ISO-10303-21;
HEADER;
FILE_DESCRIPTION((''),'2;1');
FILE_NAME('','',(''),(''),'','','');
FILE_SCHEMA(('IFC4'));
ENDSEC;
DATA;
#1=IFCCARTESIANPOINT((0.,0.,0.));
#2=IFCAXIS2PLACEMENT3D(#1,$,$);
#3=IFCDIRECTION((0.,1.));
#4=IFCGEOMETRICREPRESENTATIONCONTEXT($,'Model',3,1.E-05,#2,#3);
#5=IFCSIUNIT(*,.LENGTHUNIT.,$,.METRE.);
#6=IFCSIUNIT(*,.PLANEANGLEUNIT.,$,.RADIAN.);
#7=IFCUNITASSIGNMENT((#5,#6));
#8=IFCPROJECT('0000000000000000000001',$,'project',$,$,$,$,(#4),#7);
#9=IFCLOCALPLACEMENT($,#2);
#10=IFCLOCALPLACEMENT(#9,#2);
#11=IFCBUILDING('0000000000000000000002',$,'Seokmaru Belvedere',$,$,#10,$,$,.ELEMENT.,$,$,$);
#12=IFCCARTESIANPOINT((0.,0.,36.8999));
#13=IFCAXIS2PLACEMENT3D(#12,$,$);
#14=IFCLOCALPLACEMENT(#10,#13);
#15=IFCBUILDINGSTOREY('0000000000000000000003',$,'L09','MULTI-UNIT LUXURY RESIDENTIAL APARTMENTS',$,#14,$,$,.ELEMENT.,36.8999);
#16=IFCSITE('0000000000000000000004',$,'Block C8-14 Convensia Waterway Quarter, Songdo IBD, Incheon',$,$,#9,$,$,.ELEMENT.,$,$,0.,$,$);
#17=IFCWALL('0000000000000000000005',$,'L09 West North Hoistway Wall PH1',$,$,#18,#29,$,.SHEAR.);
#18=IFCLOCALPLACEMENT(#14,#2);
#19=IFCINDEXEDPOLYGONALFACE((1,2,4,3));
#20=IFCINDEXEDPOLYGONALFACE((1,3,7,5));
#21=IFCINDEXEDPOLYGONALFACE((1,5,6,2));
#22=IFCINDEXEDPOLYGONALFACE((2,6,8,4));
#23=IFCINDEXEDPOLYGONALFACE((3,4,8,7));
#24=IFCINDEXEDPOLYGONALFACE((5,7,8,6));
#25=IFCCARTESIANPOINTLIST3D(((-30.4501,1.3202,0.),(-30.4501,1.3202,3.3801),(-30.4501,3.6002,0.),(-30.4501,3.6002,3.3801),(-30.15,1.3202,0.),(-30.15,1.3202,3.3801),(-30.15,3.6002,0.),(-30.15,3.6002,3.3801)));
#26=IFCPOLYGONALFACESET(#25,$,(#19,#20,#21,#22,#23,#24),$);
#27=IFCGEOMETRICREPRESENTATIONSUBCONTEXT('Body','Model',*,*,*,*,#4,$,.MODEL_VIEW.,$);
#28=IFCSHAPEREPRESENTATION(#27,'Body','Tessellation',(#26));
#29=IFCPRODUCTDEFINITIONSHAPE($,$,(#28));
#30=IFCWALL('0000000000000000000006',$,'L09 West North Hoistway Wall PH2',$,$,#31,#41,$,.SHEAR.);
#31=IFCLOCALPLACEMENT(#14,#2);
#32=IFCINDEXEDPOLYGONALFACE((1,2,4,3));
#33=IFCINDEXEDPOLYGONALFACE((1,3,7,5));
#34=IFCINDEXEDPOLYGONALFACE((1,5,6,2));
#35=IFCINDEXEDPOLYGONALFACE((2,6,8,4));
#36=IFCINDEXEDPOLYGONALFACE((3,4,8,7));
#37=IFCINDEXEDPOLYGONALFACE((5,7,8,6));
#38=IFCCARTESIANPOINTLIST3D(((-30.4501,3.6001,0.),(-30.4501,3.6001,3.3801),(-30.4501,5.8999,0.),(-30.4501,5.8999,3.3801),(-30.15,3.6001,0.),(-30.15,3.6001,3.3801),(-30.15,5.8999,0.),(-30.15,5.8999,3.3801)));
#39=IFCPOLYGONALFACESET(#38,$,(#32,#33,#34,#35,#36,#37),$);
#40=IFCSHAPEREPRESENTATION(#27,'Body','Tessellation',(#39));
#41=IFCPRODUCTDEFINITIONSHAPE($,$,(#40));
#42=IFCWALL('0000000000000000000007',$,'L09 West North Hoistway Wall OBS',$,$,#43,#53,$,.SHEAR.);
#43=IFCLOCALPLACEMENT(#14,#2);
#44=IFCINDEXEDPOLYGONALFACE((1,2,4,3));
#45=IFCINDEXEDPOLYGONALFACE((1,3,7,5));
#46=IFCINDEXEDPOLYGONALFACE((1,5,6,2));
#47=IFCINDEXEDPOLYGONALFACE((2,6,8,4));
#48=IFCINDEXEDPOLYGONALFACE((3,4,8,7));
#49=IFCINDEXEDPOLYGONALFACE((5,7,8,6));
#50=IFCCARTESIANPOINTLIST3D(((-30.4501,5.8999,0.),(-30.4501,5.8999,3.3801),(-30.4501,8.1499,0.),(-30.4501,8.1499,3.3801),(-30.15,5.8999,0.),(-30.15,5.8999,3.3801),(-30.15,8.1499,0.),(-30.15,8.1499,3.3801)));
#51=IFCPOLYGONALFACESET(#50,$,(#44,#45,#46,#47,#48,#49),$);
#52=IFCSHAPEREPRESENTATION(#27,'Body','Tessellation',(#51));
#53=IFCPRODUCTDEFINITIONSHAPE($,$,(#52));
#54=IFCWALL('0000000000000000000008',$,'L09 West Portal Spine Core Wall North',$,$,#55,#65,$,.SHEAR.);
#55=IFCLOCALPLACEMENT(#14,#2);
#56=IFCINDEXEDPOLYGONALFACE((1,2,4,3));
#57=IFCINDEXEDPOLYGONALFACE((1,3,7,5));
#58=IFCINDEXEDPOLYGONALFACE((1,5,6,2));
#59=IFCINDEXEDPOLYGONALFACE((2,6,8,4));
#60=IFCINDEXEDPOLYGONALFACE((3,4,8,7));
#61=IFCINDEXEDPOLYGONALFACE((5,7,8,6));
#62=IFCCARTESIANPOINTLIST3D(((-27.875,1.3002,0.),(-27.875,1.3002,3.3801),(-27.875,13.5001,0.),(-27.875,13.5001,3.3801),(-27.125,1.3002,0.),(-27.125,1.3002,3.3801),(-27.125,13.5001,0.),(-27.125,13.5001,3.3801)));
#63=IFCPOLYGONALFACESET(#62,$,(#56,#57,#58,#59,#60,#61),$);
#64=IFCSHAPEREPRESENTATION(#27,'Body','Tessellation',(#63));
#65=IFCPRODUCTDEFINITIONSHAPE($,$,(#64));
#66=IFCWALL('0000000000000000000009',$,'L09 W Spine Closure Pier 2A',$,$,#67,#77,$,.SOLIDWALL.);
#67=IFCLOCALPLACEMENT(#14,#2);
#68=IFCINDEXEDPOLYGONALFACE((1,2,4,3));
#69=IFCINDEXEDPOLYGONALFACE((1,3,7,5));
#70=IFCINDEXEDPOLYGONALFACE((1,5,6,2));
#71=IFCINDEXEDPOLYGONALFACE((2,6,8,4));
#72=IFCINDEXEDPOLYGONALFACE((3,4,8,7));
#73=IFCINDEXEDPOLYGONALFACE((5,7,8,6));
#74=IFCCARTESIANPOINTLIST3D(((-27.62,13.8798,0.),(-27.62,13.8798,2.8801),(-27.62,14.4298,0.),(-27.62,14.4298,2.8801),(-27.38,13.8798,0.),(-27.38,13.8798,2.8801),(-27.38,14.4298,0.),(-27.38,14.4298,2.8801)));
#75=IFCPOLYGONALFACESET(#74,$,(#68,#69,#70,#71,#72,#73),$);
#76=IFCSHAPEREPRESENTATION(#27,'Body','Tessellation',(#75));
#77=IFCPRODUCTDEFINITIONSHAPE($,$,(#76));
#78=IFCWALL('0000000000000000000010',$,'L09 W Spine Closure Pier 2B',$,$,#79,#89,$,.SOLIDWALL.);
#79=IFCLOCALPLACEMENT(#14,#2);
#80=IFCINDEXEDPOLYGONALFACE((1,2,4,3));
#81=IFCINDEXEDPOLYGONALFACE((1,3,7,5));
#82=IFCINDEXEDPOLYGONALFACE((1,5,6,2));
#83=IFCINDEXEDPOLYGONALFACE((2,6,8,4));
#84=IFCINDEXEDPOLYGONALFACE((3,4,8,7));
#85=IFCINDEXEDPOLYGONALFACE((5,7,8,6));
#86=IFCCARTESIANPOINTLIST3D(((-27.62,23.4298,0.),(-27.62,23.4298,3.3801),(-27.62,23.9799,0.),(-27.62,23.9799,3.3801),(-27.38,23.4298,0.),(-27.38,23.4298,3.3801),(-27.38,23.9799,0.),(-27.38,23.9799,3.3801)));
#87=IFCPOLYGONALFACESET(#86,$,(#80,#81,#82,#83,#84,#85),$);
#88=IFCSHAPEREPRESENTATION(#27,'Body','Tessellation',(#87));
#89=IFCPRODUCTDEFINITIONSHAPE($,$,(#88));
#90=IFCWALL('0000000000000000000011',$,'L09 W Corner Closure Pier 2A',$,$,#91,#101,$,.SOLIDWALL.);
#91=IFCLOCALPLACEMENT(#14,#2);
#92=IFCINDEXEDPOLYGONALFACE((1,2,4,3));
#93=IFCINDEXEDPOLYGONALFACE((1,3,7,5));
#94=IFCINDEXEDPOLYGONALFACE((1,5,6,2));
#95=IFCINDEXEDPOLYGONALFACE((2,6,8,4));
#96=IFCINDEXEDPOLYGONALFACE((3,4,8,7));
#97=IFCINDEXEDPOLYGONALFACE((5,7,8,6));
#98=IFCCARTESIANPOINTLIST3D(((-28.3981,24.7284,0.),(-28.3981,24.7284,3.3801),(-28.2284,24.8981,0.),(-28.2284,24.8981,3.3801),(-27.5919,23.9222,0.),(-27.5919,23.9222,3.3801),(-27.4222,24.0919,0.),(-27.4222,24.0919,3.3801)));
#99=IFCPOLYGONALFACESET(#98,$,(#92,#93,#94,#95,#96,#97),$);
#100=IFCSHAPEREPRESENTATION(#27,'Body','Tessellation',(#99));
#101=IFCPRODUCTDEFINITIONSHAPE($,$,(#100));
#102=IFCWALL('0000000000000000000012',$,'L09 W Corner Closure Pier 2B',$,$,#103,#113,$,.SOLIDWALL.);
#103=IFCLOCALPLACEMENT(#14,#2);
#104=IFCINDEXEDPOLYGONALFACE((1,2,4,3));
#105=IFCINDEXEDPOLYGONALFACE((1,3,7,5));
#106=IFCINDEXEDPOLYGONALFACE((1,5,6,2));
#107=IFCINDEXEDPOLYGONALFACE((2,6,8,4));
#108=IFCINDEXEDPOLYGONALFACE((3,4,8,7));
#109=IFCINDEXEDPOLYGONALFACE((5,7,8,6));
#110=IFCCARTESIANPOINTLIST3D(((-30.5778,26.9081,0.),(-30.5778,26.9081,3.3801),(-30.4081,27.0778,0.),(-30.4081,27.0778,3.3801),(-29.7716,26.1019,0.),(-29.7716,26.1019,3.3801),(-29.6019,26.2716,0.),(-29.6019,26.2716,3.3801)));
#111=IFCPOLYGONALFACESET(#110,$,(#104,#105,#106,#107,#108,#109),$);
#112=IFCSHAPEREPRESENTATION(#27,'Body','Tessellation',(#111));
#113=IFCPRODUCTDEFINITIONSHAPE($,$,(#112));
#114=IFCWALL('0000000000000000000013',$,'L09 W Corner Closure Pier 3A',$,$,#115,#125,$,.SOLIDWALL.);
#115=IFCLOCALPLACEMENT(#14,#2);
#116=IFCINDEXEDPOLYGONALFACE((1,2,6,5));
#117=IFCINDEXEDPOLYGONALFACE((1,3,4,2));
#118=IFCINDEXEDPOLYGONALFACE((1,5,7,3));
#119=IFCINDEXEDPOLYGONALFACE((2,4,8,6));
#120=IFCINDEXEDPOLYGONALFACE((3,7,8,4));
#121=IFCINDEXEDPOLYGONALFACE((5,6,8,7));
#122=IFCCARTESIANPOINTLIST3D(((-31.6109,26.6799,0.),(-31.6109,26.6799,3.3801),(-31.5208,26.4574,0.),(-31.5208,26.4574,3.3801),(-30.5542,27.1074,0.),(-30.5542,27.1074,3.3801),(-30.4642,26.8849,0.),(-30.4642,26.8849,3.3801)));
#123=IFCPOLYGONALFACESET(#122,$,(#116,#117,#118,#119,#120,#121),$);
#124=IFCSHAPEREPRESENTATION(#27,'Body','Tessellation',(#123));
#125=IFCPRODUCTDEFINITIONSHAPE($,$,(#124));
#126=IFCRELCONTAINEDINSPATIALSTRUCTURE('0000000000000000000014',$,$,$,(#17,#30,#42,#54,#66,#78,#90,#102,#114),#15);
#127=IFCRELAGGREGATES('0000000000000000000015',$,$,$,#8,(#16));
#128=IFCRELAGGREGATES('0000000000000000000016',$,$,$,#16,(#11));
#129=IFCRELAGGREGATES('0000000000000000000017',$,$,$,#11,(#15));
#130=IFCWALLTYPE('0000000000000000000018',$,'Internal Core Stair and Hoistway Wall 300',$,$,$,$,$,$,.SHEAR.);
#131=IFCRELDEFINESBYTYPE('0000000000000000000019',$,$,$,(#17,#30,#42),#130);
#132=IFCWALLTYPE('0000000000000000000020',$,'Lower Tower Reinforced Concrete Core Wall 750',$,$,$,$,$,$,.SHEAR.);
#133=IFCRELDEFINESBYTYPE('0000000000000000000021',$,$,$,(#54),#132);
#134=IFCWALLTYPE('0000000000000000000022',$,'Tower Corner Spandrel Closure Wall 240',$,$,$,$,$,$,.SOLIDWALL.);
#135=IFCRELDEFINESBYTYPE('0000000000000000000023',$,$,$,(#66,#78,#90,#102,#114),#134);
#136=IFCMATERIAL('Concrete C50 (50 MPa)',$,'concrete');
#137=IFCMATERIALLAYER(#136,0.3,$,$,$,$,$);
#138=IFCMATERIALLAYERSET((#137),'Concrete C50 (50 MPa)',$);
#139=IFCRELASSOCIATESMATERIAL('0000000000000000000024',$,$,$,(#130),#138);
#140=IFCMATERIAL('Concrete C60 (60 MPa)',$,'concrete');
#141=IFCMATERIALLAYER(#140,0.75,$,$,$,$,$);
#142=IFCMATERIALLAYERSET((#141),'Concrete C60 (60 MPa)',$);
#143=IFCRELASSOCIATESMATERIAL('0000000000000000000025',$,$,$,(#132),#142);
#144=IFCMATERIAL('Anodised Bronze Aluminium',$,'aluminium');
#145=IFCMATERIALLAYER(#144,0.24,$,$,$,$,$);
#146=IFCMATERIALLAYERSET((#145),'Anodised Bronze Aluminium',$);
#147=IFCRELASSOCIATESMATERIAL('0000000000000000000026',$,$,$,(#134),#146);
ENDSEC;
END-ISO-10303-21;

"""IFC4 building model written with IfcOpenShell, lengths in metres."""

from ifc_helpers import new_model, si_unit, direction, frame, frame_2d, origin, place, context, subcontext, project, spatial, rectangle, extrude, material, layer, layer_set, type_object, element, save


model = new_model("IFC4")

# Units and contexts
model_context = context("Model", 3, precision=1e-05, world=origin(), true_north=direction((0.0, 1.0)))
body_context = subcontext(model_context, "Body", "Model", "MODEL_VIEW")
ifc_project = project(units=[si_unit("LENGTHUNIT", "METRE"), si_unit("PLANEANGLEUNIT", "RADIAN")], contexts=[model_context])

# Site, building, storey
site_placement = place(None, origin())
site = spatial("IfcSite", under=ifc_project, at=site_placement, Name="Block C8-14 Convensia Waterway Quarter, Songdo IBD, Incheon", CompositionType="ELEMENT", RefElevation=0.0)
building_placement = place(site_placement, origin())
building = spatial("IfcBuilding", under=site, at=building_placement, Name="Seokmaru Belvedere", CompositionType="ELEMENT")
storey_placement = place(building_placement, frame((0.0, 0.0, 36.8999)))
storey = spatial("IfcBuildingStorey", under=building, at=storey_placement, Name="L09", Description="MULTI-UNIT LUXURY RESIDENTIAL APARTMENTS", CompositionType="ELEMENT", Elevation=36.8999)

# Shared definitions
ifc_material_1 = material(Name="Anodised Bronze Aluminium", Category="aluminium")

# Walls
ifc_material_2 = material(Name="Concrete C50 (50 MPa)", Category="concrete")
ifc_layer_1 = layer(ifc_material_2, 0.3)
ifc_layer_set_1 = layer_set([ifc_layer_1], Name="Concrete C50 (50 MPa)")
wall_type_1 = type_object("IfcWallType", Name="Internal Core Stair and Hoistway Wall 300", PredefinedType="SHEAR", material=ifc_layer_set_1)
wall_1_placement = place(storey_placement, frame((-30.3, 1.3201, 0.0), z_axis=(0.0, 0.0, 1.0), x_axis=(0.0, 1.0, 0.0)))
element("IfcWall", 1, at=wall_1_placement, inside=storey, type_object=wall_type_1, Name="L09 West North Hoistway Wall PH1", PredefinedType="SHEAR", context=body_context, shape_type="SweptSolid", body=[
    extrude(rectangle(XDim=2.28, YDim=0.3, at=frame_2d((1.1401, 0.0))), origin(), (0.0, 0.0, 1.0), 3.3801),
])
wall_2_placement = place(storey_placement, frame((-30.3, 3.6001, 0.0), z_axis=(0.0, 0.0, 1.0), x_axis=(0.0, 1.0, 0.0)))
element("IfcWall", 2, at=wall_2_placement, inside=storey, type_object=wall_type_1, Name="L09 West North Hoistway Wall PH2", PredefinedType="SHEAR", context=body_context, shape_type="SweptSolid", body=[
    extrude(rectangle(XDim=2.2998, YDim=0.3, at=frame_2d((1.1499, 0.0))), origin(), (0.0, 0.0, 1.0), 3.3801),
])
wall_3_placement = place(storey_placement, frame((-30.3, 5.8999, 0.0), z_axis=(0.0, 0.0, 1.0), x_axis=(0.0, 1.0, 0.0)))
element("IfcWall", 3, at=wall_3_placement, inside=storey, type_object=wall_type_1, Name="L09 West North Hoistway Wall OBS", PredefinedType="SHEAR", context=body_context, shape_type="SweptSolid", body=[
    extrude(rectangle(XDim=2.25, YDim=0.3, at=frame_2d((1.125, 0.0))), origin(), (0.0, 0.0, 1.0), 3.3801),
])

# Walls
ifc_material_3 = material(Name="Concrete C60 (60 MPa)", Category="concrete")
ifc_layer_2 = layer(ifc_material_3, 0.75)
ifc_layer_set_2 = layer_set([ifc_layer_2], Name="Concrete C60 (60 MPa)")
wall_type_2 = type_object("IfcWallType", Name="Lower Tower Reinforced Concrete Core Wall 750", PredefinedType="SHEAR", material=ifc_layer_set_2)
wall_4_placement = place(storey_placement, frame((-27.5, 1.3, 0.0), z_axis=(0.0, 0.0, 1.0), x_axis=(0.0, 1.0, 0.0)))
element("IfcWall", 4, at=wall_4_placement, inside=storey, type_object=wall_type_2, Name="L09 West Portal Spine Core Wall North", PredefinedType="SHEAR", context=body_context, shape_type="SweptSolid", body=[
    extrude(rectangle(XDim=12.2, YDim=0.75, at=frame_2d((6.1001, 0.0))), origin(), (0.0, 0.0, 1.0), 3.3801),
])
ifc_layer_3 = layer(ifc_material_1, 0.24)
ifc_layer_set_3 = layer_set([ifc_layer_3], Name="Anodised Bronze Aluminium")
wall_type_3 = type_object("IfcWallType", Name="Tower Corner Spandrel Closure Wall 240", PredefinedType="SOLIDWALL", material=ifc_layer_set_3)
wall_5_placement = place(storey_placement, frame((-27.5, 13.8799, 0.0), z_axis=(0.0, 0.0, 1.0), x_axis=(0.0, 1.0, 0.0)))
element("IfcWall", 5, at=wall_5_placement, inside=storey, type_object=wall_type_3, Name="L09 W Spine Closure Pier 2A", PredefinedType="SOLIDWALL", context=body_context, shape_type="SweptSolid", body=[
    extrude(rectangle(XDim=0.55, YDim=0.24, at=frame_2d((0.2749, 0.0))), origin(), (0.0, 0.0, 1.0), 2.8801),
])
wall_6_placement = place(storey_placement, frame((-27.5, 23.4299, 0.0), z_axis=(0.0, 0.0, 1.0), x_axis=(0.0, 1.0, 0.0)))
element("IfcWall", 6, at=wall_6_placement, inside=storey, type_object=wall_type_3, Name="L09 W Spine Closure Pier 2B", PredefinedType="SOLIDWALL", context=body_context, shape_type="SweptSolid", body=[
    extrude(rectangle(XDim=0.55, YDim=0.24, at=frame_2d((0.2749, 0.0))), origin(), (0.0, 0.0, 1.0), 3.3801),
])
for number, where, z_axis, x_axis, name in (
    (7, (-27.5071, 24.0071, 0.0), (0.0, 0.0, 1.0), (-0.707107, 0.707107, 0.0), "L09 W Corner Closure Pier 2A"),
    (8, (-29.6868, 26.1868, 0.0), (0.0, 0.0, 1.0), (-0.707107, 0.707107, 0.0), "L09 W Corner Closure Pier 2B"),
):
    element("IfcWall", number, at=place(storey_placement, frame(where, z_axis=z_axis, x_axis=x_axis)), inside=storey, type_object=wall_type_3, Name=name, PredefinedType="SOLIDWALL", context=body_context, shape_type="SweptSolid", body=[
        extrude(rectangle(XDim=1.1401, YDim=0.24, at=frame_2d((0.5701, 0.0))), origin(), (0.0, 0.0, 1.0), 3.3801),
    ])
wall_7_placement = place(storey_placement, frame((-30.5093, 26.9961, 0.0), z_axis=(0.0, 0.0, 1.0), x_axis=(-0.927007, -0.375044, 0.0)))
element("IfcWall", 9, at=wall_7_placement, inside=storey, type_object=wall_type_3, Name="L09 W Corner Closure Pier 3A", PredefinedType="SOLIDWALL", context=body_context, shape_type="SweptSolid", body=[
    extrude(rectangle(XDim=1.1399, YDim=0.24, at=frame_2d((0.5698, 0.0))), origin(), (0.0, 0.0, 1.0), 3.3801),
])

save(model, "model.ifc")
